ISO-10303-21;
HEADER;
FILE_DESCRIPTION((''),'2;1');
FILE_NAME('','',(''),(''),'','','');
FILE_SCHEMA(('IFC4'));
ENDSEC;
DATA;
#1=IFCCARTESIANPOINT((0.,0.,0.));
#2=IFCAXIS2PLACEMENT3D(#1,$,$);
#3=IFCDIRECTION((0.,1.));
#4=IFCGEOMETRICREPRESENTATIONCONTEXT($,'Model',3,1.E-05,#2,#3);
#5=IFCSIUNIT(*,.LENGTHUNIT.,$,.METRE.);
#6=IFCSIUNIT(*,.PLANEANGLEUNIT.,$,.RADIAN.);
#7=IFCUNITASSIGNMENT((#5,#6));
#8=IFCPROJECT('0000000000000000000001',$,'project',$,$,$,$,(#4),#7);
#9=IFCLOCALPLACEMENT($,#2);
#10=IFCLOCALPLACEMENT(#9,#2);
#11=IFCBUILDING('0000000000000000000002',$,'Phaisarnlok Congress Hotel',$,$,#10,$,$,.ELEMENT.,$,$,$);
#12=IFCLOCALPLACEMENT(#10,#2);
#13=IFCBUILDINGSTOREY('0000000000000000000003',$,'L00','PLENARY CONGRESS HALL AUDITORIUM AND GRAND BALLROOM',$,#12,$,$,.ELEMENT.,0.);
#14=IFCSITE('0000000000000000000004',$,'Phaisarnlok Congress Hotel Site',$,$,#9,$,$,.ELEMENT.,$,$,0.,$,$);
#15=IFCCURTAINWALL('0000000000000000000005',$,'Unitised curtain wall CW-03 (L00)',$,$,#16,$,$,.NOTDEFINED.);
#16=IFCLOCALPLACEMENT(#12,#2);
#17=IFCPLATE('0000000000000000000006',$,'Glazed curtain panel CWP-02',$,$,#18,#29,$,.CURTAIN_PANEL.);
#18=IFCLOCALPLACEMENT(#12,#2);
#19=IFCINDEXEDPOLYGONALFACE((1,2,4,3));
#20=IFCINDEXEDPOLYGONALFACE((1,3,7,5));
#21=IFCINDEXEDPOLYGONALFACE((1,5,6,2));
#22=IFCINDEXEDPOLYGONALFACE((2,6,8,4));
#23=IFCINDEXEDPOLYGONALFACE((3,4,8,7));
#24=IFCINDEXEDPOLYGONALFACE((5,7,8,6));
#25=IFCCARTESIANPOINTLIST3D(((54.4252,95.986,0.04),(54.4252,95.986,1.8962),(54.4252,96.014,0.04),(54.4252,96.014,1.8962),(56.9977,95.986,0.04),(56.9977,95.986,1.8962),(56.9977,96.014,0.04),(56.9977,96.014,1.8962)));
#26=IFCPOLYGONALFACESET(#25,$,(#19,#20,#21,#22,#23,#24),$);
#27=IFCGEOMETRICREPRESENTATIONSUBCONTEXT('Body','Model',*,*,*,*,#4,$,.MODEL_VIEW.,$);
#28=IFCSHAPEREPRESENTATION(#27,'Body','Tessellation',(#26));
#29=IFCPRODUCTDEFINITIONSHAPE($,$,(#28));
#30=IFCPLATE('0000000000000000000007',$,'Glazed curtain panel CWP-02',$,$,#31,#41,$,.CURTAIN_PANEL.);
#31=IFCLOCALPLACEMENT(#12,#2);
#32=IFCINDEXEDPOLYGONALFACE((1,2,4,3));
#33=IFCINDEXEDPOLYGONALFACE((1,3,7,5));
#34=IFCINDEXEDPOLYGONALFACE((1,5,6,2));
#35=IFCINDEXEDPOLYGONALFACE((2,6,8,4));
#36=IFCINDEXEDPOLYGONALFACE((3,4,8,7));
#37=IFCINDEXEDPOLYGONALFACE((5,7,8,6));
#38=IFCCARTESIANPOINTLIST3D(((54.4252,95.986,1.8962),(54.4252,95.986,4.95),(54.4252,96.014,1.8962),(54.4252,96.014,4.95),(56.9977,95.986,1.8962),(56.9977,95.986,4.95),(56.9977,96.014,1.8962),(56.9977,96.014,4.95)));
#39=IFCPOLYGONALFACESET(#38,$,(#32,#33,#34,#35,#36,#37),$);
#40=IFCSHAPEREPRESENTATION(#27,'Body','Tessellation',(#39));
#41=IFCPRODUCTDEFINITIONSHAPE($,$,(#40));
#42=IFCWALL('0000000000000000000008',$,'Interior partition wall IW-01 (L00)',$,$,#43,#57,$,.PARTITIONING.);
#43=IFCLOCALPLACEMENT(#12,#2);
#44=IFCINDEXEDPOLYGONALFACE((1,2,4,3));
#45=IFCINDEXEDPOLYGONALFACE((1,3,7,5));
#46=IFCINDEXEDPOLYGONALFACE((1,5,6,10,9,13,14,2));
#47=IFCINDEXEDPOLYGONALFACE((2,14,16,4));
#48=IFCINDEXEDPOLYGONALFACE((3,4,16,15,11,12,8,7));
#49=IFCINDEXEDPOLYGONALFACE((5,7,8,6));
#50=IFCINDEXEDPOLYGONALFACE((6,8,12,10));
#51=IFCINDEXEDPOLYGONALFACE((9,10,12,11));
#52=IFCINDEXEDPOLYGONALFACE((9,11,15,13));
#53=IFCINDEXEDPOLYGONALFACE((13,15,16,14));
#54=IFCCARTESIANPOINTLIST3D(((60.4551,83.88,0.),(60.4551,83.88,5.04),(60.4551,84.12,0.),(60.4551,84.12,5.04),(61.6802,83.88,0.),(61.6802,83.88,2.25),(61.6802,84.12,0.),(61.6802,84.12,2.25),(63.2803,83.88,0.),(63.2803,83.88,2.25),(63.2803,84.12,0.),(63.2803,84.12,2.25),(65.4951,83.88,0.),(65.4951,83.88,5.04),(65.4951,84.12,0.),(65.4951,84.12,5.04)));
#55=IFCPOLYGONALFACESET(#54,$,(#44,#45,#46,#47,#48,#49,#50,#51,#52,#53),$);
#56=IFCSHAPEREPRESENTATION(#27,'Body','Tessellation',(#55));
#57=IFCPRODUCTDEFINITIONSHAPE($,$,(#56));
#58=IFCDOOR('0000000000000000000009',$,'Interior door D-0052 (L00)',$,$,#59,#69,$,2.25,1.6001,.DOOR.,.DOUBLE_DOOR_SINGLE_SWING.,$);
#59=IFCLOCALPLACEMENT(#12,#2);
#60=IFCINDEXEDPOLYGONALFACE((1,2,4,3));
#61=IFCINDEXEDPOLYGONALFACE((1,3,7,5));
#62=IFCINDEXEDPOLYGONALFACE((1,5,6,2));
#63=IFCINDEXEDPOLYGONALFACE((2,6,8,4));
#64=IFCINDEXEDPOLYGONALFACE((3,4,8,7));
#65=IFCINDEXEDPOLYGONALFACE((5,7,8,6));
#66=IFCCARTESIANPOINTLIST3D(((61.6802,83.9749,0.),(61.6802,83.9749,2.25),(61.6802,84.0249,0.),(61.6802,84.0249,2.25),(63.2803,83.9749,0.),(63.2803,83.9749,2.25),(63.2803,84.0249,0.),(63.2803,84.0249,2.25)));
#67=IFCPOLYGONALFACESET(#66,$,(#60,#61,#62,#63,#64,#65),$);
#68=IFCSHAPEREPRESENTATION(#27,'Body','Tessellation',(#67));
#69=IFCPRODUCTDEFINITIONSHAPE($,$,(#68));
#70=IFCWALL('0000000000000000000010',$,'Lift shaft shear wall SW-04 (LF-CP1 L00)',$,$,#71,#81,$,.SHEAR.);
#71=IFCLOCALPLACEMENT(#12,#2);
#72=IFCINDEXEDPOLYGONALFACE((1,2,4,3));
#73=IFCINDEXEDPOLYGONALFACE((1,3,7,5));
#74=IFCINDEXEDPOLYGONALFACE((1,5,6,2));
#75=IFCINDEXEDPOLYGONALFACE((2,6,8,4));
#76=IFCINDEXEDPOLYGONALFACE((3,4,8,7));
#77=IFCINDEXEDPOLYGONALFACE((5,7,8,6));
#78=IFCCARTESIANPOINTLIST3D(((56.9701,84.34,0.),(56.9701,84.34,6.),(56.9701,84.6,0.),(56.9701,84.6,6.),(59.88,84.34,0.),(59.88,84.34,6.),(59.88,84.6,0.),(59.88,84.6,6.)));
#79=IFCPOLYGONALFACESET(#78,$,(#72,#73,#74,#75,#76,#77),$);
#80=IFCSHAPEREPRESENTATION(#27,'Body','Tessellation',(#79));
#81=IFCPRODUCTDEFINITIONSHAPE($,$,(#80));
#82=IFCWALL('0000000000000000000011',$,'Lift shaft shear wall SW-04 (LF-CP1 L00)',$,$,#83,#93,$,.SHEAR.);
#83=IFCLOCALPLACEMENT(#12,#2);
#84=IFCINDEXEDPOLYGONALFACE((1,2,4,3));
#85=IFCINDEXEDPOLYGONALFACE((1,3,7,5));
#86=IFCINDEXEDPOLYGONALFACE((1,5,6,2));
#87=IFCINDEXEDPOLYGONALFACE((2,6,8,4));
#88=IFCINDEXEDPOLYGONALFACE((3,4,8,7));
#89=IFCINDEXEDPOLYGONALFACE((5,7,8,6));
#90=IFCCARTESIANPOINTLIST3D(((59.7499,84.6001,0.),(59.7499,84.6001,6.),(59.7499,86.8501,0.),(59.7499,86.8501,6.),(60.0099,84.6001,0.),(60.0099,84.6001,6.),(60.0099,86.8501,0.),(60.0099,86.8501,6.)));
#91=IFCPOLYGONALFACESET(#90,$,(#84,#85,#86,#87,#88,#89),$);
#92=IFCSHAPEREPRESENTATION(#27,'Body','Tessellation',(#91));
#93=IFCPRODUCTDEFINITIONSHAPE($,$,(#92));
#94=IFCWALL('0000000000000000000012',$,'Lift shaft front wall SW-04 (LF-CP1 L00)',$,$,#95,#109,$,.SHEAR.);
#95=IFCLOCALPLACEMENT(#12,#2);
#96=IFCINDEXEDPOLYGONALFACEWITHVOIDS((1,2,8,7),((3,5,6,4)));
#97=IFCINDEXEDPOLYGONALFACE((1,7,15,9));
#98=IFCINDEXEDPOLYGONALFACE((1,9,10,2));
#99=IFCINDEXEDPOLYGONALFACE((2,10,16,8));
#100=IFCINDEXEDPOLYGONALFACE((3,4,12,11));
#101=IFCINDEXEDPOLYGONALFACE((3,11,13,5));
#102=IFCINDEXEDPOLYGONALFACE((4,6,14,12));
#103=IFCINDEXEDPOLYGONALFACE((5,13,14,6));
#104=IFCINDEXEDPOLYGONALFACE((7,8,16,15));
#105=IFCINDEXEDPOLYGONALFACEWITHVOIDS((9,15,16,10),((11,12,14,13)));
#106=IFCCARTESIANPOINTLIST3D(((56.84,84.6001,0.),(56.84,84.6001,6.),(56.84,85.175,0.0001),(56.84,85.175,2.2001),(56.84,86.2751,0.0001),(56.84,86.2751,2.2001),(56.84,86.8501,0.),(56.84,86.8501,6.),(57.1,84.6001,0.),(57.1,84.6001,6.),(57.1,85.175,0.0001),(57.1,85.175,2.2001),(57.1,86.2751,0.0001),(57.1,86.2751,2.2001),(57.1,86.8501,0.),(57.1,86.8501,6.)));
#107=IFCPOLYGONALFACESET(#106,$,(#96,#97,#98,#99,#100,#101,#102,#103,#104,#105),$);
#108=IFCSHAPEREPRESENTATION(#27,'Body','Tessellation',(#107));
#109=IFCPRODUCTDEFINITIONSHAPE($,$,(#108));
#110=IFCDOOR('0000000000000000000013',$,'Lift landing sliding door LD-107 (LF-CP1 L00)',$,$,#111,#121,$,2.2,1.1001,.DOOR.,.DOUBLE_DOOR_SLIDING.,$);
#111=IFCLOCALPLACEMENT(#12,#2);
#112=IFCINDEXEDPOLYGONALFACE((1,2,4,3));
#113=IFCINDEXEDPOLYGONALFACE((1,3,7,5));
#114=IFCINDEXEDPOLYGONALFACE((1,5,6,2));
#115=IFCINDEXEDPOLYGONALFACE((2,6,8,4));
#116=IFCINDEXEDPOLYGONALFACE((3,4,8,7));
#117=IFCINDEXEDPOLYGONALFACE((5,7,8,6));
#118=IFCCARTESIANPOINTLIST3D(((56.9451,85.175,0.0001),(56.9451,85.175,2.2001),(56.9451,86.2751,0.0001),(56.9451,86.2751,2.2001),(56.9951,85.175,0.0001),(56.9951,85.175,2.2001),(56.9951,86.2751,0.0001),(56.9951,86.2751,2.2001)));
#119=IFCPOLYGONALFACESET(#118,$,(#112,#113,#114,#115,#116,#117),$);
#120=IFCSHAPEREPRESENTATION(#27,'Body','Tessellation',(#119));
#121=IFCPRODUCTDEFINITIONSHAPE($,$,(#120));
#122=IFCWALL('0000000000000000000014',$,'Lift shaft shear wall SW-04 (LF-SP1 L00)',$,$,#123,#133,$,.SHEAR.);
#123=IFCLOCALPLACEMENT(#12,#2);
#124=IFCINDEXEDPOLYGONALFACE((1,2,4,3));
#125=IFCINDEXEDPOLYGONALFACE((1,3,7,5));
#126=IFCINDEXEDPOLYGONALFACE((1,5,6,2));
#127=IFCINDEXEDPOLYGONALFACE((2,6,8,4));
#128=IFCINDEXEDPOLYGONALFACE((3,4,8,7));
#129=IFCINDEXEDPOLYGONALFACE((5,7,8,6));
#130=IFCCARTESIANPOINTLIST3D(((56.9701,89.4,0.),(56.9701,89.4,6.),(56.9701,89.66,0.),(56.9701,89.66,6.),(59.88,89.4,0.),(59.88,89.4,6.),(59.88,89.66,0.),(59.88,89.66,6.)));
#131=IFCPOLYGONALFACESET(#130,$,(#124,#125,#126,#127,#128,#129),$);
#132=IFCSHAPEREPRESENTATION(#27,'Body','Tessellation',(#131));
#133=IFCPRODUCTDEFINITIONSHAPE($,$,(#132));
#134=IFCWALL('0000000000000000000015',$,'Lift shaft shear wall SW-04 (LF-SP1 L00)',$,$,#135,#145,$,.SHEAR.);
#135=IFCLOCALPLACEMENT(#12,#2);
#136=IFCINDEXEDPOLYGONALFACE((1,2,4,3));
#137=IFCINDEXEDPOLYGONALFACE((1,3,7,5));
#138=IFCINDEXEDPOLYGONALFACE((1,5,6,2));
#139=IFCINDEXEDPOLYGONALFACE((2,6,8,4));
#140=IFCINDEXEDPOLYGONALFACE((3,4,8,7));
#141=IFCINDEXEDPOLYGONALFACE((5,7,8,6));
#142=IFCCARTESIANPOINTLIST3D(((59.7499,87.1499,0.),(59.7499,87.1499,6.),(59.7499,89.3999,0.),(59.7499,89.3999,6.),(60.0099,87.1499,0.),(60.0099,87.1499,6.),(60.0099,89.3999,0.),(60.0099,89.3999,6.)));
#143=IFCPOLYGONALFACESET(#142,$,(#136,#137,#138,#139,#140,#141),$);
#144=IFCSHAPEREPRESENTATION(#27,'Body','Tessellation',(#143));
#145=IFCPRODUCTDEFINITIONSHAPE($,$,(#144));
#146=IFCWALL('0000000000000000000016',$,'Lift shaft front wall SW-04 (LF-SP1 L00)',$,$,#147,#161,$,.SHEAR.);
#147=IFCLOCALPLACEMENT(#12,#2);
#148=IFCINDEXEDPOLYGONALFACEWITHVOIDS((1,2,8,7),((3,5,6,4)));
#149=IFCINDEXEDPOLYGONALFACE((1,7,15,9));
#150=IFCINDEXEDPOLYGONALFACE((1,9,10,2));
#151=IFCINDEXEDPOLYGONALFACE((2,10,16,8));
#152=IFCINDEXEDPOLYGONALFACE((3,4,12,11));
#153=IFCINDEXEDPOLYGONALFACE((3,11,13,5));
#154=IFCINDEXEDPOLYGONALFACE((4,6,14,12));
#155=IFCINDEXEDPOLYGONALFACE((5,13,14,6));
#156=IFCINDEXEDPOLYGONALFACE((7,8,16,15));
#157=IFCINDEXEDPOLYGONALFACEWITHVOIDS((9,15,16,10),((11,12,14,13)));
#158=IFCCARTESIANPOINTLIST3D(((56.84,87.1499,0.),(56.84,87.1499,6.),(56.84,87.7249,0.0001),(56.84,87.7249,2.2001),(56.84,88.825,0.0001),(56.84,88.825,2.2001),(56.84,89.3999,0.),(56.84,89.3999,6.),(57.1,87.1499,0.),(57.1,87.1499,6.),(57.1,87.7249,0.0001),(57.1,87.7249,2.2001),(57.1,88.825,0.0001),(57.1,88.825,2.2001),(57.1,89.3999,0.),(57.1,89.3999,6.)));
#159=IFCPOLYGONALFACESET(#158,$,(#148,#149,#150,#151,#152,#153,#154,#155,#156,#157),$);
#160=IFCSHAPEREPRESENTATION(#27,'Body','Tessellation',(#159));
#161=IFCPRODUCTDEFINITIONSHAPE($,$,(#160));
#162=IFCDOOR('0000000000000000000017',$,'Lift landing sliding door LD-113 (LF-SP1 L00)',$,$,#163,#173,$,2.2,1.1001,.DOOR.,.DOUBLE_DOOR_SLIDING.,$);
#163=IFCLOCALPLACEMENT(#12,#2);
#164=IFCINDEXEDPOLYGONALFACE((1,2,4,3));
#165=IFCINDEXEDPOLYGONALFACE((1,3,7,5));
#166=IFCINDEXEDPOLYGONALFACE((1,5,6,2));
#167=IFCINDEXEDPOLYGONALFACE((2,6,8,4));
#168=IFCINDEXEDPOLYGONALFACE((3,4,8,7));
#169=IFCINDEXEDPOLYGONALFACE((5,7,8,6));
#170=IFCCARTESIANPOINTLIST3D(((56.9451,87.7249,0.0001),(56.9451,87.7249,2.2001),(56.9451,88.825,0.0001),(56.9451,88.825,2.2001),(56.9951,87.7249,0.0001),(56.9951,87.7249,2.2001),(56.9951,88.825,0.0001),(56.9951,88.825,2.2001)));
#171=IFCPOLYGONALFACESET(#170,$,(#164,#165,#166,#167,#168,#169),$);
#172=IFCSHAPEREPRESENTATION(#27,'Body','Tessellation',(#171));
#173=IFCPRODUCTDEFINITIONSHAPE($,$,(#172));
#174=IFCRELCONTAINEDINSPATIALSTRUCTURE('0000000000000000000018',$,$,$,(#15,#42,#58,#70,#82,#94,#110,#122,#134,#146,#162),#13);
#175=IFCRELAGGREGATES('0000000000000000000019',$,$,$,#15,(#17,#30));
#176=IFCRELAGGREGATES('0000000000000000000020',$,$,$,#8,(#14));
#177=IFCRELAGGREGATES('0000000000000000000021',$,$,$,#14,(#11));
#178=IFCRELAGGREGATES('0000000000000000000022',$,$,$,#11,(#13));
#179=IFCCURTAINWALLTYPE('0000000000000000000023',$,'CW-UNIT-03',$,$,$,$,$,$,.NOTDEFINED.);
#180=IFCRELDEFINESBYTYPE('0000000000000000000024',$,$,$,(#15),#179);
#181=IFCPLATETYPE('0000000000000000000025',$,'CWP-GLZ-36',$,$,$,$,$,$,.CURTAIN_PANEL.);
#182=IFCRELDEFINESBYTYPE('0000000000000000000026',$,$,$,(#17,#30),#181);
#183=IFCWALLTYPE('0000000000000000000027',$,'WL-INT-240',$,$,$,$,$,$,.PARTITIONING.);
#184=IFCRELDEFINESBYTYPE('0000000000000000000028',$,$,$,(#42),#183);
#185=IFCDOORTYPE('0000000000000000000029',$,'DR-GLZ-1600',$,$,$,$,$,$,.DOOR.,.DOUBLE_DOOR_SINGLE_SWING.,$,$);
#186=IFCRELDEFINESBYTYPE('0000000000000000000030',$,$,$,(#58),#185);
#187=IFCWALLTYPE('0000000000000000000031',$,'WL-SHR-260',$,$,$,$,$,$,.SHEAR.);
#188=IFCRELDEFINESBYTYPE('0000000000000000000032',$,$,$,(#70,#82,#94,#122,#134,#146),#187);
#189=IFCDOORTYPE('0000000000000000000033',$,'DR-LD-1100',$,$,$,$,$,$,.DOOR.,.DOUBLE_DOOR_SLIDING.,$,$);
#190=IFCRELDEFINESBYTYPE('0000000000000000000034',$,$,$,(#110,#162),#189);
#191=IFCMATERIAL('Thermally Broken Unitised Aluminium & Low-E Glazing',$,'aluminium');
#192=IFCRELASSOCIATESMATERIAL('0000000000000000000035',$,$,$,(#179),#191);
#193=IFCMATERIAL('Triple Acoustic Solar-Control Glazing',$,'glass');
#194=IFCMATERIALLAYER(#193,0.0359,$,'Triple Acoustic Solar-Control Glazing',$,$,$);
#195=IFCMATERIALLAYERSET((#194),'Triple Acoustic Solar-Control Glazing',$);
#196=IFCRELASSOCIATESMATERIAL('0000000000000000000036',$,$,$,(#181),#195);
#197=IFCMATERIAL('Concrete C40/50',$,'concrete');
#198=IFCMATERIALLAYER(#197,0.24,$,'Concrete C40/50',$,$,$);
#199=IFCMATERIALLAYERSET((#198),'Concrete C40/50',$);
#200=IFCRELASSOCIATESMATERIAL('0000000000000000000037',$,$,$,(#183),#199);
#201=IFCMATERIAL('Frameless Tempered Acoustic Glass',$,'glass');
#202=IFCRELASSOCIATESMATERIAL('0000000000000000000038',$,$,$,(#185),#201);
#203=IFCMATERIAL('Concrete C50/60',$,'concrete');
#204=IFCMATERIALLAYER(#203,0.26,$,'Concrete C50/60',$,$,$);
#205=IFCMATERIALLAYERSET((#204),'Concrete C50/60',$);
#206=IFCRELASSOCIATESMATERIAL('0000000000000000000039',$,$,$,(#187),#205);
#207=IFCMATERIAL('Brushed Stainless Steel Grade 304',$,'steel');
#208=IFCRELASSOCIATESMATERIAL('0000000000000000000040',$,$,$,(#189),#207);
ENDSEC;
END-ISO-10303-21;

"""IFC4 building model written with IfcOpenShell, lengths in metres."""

from ifc_helpers import new_model, si_unit, direction, frame, frame_2d, origin, place, context, subcontext, project, spatial, rectangle, extrude, material, layer, layer_set, type_object, element, fill, aggregate, save


model = new_model("IFC4")

# Units and contexts
model_context = context("Model", 3, precision=1e-05, world=origin(), true_north=direction((0.0, 1.0)))
body_context = subcontext(model_context, "Body", "Model", "MODEL_VIEW")
ifc_project = project(units=[si_unit("LENGTHUNIT", "METRE"), si_unit("PLANEANGLEUNIT", "RADIAN")], contexts=[model_context])

# Site, building, storey
site_placement = place(None, origin())
site = spatial("IfcSite", under=ifc_project, at=site_placement, Name="Phaisarnlok Congress Hotel Site", CompositionType="ELEMENT", RefElevation=0.0)
building_placement = place(site_placement, origin())
building = spatial("IfcBuilding", under=site, at=building_placement, Name="Phaisarnlok Congress Hotel", CompositionType="ELEMENT")
storey_placement = place(building_placement, origin())
storey = spatial("IfcBuildingStorey", under=building, at=storey_placement, Name="L00", Description="PLENARY CONGRESS HALL AUDITORIUM AND GRAND BALLROOM", CompositionType="ELEMENT", Elevation=0.0)

# Shared definitions
ifc_material_1 = material(Name="Concrete C50/60", Category="concrete")

# Shared definitions
ifc_material_2 = material(Name="Concrete C40/50", Category="concrete")

# Curtain wall
ifc_material_3 = material(Name="Thermally Broken Unitised Aluminium & Low-E Glazing", Category="aluminium")
curtain_wall_type = type_object("IfcCurtainWallType", Name="CW-UNIT-03", PredefinedType="NOTDEFINED", material=ifc_material_3)
curtain_wall_placement = place(storey_placement, origin())
curtain_wall = element("IfcCurtainWall", 1, at=curtain_wall_placement, inside=storey, type_object=curtain_wall_type, Name="Unitised curtain wall CW-03 (L00)", PredefinedType="NOTDEFINED")

# Plates
ifc_material_4 = material(Name="Triple Acoustic Solar-Control Glazing", Category="glass")
ifc_layer_1 = layer(ifc_material_4, 0.0359, Name="Triple Acoustic Solar-Control Glazing")
ifc_layer_set_1 = layer_set([ifc_layer_1], Name="Triple Acoustic Solar-Control Glazing")
plate_type = type_object("IfcPlateType", Name="CWP-GLZ-36", PredefinedType="CURTAIN_PANEL", material=ifc_layer_set_1)
plate_1_placement = place(storey_placement, frame((56.9976, 96.0, 0.04), z_axis=(0.0, 0.0, 1.0), x_axis=(-1.0, 0.0, 0.0)))
plate_1 = element("IfcPlate", 2, at=plate_1_placement, type_object=plate_type, Name="Glazed curtain panel CWP-02", PredefinedType="CURTAIN_PANEL", context=body_context, shape_type="SweptSolid", body=[
    extrude(rectangle(XDim=2.5725, YDim=0.0281, at=frame_2d((1.2861, 0.0))), origin(), (0.0, 0.0, 1.0), 1.8562),
])
plate_2_placement = place(storey_placement, frame((56.9976, 96.0, 1.8962), z_axis=(0.0, 0.0, 1.0), x_axis=(-1.0, 0.0, 0.0)))
plate_2 = element("IfcPlate", 3, at=plate_2_placement, type_object=plate_type, Name="Glazed curtain panel CWP-02", PredefinedType="CURTAIN_PANEL", context=body_context, shape_type="SweptSolid", body=[
    extrude(rectangle(XDim=2.5725, YDim=0.0281, at=frame_2d((1.2861, 0.0))), origin(), (0.0, 0.0, 1.0), 3.0537),
])
aggregate(curtain_wall, [plate_1, plate_2])

# Wall, opening, door
ifc_layer_2 = layer(ifc_material_2, 0.24, Name="Concrete C40/50")
ifc_layer_set_2 = layer_set([ifc_layer_2], Name="Concrete C40/50")
wall_type_1 = type_object("IfcWallType", Name="WL-INT-240", PredefinedType="PARTITIONING", material=ifc_layer_set_2)
wall_1_placement = place(storey_placement, frame((60.4551, 84.0, 0.0), z_axis=(0.0, 0.0, 1.0), x_axis=(1.0, 0.0, 0.0)))
wall_1 = element("IfcWall", 4, at=wall_1_placement, inside=storey, type_object=wall_type_1, Name="Interior partition wall IW-01 (L00)", PredefinedType="PARTITIONING", context=body_context, shape_type="SweptSolid", body=[
    extrude(rectangle(XDim=5.04, YDim=0.24, at=frame_2d((2.52, 0.0))), origin(), (0.0, 0.0, 1.0), 5.04),
])
opening_1_placement = place(wall_1_placement, frame((1.2251, 0.0, 0.0)))
opening_1 = element("IfcOpeningElement", 5, at=opening_1_placement, cuts=wall_1, PredefinedType="OPENING", context=body_context, shape_type="SweptSolid", body=[
    extrude(rectangle(XDim=1.6001, YDim=2.25, at=frame_2d((0.8, 1.125))), frame((0.0, 0.1299, 0.0), z_axis=(0.0, -1.0, 0.0), x_axis=(1.0, 0.0, 0.0)), (0.0, 0.0, 1.0), 0.26),
])
ifc_material_5 = material(Name="Frameless Tempered Acoustic Glass", Category="glass")
door_type_1 = type_object("IfcDoorType", Name="DR-GLZ-1600", OperationType="DOUBLE_DOOR_SINGLE_SWING", PredefinedType="DOOR", material=ifc_material_5)
door_1_placement = place(opening_1_placement, origin())
door_1 = element("IfcDoor", 6, at=door_1_placement, inside=storey, type_object=door_type_1, Name="Interior door D-0052 (L00)", OperationType="DOUBLE_DOOR_SINGLE_SWING", OverallHeight=2.25, OverallWidth=1.6001, PredefinedType="DOOR", context=body_context, shape_type="SweptSolid", body=[
    extrude(rectangle(XDim=1.6001, YDim=2.25, at=frame_2d((0.8, 1.125))), frame((0.0, 0.0249, 0.0), z_axis=(0.0, -1.0, 0.0), x_axis=(1.0, 0.0, 0.0)), (0.0, 0.0, 1.0), 0.05),
])
fill(opening_1, door_1)

# Walls
ifc_layer_3 = layer(ifc_material_1, 0.26, Name="Concrete C50/60")
ifc_layer_set_3 = layer_set([ifc_layer_3], Name="Concrete C50/60")
wall_type_2 = type_object("IfcWallType", Name="WL-SHR-260", PredefinedType="SHEAR", material=ifc_layer_set_3)
wall_2_placement = place(storey_placement, frame((56.97, 84.47, 0.0), z_axis=(0.0, 0.0, 1.0), x_axis=(1.0, 0.0, 0.0)))
element("IfcWall", 7, at=wall_2_placement, inside=storey, type_object=wall_type_2, Name="Lift shaft shear wall SW-04 (LF-CP1 L00)", PredefinedType="SHEAR", context=body_context, shape_type="SweptSolid", body=[
    extrude(rectangle(XDim=2.9099, YDim=0.26, at=frame_2d((1.4551, 0.0))), origin(), (0.0, 0.0, 1.0), 6.0),
])
wall_3_placement = place(storey_placement, frame((59.8799, 84.6001, 0.0), z_axis=(0.0, 0.0, 1.0), x_axis=(0.0, 1.0, 0.0)))
element("IfcWall", 8, at=wall_3_placement, inside=storey, type_object=wall_type_2, Name="Lift shaft shear wall SW-04 (LF-CP1 L00)", PredefinedType="SHEAR", context=body_context, shape_type="SweptSolid", body=[
    extrude(rectangle(XDim=2.25, YDim=0.26, at=frame_2d((1.125, 0.0))), origin(), (0.0, 0.0, 1.0), 6.0),
])

# Wall, opening, door
wall_4_placement = place(storey_placement, frame((56.97, 84.6001, 0.0), z_axis=(0.0, 0.0, 1.0), x_axis=(0.0, 1.0, 0.0)))
wall_4 = element("IfcWall", 9, at=wall_4_placement, inside=storey, type_object=wall_type_2, Name="Lift shaft front wall SW-04 (LF-CP1 L00)", PredefinedType="SHEAR", context=body_context, shape_type="SweptSolid", body=[
    extrude(rectangle(XDim=2.25, YDim=0.26, at=frame_2d((1.125, 0.0))), origin(), (0.0, 0.0, 1.0), 6.0),
])
opening_2_placement = place(wall_4_placement, frame((0.575, 0.0, 0.0)))
opening_2 = element("IfcOpeningElement", 10, at=opening_2_placement, cuts=wall_4, PredefinedType="OPENING", context=body_context, shape_type="SweptSolid", body=[
    extrude(rectangle(XDim=1.1001, YDim=2.2, at=frame_2d((0.55, 1.1001))), frame((0.0, 0.1401, 0.0), z_axis=(0.0, -1.0, 0.0), x_axis=(1.0, 0.0, 0.0)), (0.0, 0.0, 1.0), 0.28),
])
ifc_material_6 = material(Name="Brushed Stainless Steel Grade 304", Category="steel")
door_type_2 = type_object("IfcDoorType", Name="DR-LD-1100", OperationType="DOUBLE_DOOR_SLIDING", PredefinedType="DOOR", material=ifc_material_6)
door_2_placement = place(opening_2_placement, origin())
door_2 = element("IfcDoor", 11, at=door_2_placement, inside=storey, type_object=door_type_2, Name="Lift landing sliding door LD-107 (LF-CP1 L00)", OperationType="DOUBLE_DOOR_SLIDING", OverallHeight=2.2, OverallWidth=1.1001, PredefinedType="DOOR", context=body_context, shape_type="SweptSolid", body=[
    extrude(rectangle(XDim=1.1001, YDim=2.2, at=frame_2d((0.55, 1.1001))), frame((0.0, 0.0249, 0.0), z_axis=(0.0, -1.0, 0.0), x_axis=(1.0, 0.0, 0.0)), (0.0, 0.0, 1.0), 0.05),
])
fill(opening_2, door_2)

# Walls
wall_5_placement = place(storey_placement, frame((56.97, 89.53, 0.0), z_axis=(0.0, 0.0, 1.0), x_axis=(1.0, 0.0, 0.0)))
element("IfcWall", 12, at=wall_5_placement, inside=storey, type_object=wall_type_2, Name="Lift shaft shear wall SW-04 (LF-SP1 L00)", PredefinedType="SHEAR", context=body_context, shape_type="SweptSolid", body=[
    extrude(rectangle(XDim=2.9099, YDim=0.26, at=frame_2d((1.4551, 0.0))), origin(), (0.0, 0.0, 1.0), 6.0),
])
wall_6_placement = place(storey_placement, frame((59.8799, 87.1499, 0.0), z_axis=(0.0, 0.0, 1.0), x_axis=(0.0, 1.0, 0.0)))
element("IfcWall", 13, at=wall_6_placement, inside=storey, type_object=wall_type_2, Name="Lift shaft shear wall SW-04 (LF-SP1 L00)", PredefinedType="SHEAR", context=body_context, shape_type="SweptSolid", body=[
    extrude(rectangle(XDim=2.25, YDim=0.26, at=frame_2d((1.125, 0.0))), origin(), (0.0, 0.0, 1.0), 6.0),
])

# Wall, opening, door
wall_7_placement = place(storey_placement, frame((56.97, 87.1499, 0.0), z_axis=(0.0, 0.0, 1.0), x_axis=(0.0, 1.0, 0.0)))
wall_7 = element("IfcWall", 14, at=wall_7_placement, inside=storey, type_object=wall_type_2, Name="Lift shaft front wall SW-04 (LF-SP1 L00)", PredefinedType="SHEAR", context=body_context, shape_type="SweptSolid", body=[
    extrude(rectangle(XDim=2.25, YDim=0.26, at=frame_2d((1.125, 0.0))), origin(), (0.0, 0.0, 1.0), 6.0),
])
opening_3_placement = place(wall_7_placement, frame((0.575, 0.0, 0.0)))
opening_3 = element("IfcOpeningElement", 15, at=opening_3_placement, cuts=wall_7, PredefinedType="OPENING", context=body_context, shape_type="SweptSolid", body=[
    extrude(rectangle(XDim=1.1001, YDim=2.2, at=frame_2d((0.55, 1.1001))), frame((0.0, 0.1401, 0.0), z_axis=(0.0, -1.0, 0.0), x_axis=(1.0, 0.0, 0.0)), (0.0, 0.0, 1.0), 0.28),
])
door_3_placement = place(opening_3_placement, origin())
door_3 = element("IfcDoor", 16, at=door_3_placement, inside=storey, type_object=door_type_2, Name="Lift landing sliding door LD-113 (LF-SP1 L00)", OperationType="DOUBLE_DOOR_SLIDING", OverallHeight=2.2, OverallWidth=1.1001, PredefinedType="DOOR", context=body_context, shape_type="SweptSolid", body=[
    extrude(rectangle(XDim=1.1001, YDim=2.2, at=frame_2d((0.55, 1.1001))), frame((0.0, 0.0249, 0.0), z_axis=(0.0, -1.0, 0.0), x_axis=(1.0, 0.0, 0.0)), (0.0, 0.0, 1.0), 0.05),
])
fill(opening_3, door_3)

save(model, "model.ifc")
